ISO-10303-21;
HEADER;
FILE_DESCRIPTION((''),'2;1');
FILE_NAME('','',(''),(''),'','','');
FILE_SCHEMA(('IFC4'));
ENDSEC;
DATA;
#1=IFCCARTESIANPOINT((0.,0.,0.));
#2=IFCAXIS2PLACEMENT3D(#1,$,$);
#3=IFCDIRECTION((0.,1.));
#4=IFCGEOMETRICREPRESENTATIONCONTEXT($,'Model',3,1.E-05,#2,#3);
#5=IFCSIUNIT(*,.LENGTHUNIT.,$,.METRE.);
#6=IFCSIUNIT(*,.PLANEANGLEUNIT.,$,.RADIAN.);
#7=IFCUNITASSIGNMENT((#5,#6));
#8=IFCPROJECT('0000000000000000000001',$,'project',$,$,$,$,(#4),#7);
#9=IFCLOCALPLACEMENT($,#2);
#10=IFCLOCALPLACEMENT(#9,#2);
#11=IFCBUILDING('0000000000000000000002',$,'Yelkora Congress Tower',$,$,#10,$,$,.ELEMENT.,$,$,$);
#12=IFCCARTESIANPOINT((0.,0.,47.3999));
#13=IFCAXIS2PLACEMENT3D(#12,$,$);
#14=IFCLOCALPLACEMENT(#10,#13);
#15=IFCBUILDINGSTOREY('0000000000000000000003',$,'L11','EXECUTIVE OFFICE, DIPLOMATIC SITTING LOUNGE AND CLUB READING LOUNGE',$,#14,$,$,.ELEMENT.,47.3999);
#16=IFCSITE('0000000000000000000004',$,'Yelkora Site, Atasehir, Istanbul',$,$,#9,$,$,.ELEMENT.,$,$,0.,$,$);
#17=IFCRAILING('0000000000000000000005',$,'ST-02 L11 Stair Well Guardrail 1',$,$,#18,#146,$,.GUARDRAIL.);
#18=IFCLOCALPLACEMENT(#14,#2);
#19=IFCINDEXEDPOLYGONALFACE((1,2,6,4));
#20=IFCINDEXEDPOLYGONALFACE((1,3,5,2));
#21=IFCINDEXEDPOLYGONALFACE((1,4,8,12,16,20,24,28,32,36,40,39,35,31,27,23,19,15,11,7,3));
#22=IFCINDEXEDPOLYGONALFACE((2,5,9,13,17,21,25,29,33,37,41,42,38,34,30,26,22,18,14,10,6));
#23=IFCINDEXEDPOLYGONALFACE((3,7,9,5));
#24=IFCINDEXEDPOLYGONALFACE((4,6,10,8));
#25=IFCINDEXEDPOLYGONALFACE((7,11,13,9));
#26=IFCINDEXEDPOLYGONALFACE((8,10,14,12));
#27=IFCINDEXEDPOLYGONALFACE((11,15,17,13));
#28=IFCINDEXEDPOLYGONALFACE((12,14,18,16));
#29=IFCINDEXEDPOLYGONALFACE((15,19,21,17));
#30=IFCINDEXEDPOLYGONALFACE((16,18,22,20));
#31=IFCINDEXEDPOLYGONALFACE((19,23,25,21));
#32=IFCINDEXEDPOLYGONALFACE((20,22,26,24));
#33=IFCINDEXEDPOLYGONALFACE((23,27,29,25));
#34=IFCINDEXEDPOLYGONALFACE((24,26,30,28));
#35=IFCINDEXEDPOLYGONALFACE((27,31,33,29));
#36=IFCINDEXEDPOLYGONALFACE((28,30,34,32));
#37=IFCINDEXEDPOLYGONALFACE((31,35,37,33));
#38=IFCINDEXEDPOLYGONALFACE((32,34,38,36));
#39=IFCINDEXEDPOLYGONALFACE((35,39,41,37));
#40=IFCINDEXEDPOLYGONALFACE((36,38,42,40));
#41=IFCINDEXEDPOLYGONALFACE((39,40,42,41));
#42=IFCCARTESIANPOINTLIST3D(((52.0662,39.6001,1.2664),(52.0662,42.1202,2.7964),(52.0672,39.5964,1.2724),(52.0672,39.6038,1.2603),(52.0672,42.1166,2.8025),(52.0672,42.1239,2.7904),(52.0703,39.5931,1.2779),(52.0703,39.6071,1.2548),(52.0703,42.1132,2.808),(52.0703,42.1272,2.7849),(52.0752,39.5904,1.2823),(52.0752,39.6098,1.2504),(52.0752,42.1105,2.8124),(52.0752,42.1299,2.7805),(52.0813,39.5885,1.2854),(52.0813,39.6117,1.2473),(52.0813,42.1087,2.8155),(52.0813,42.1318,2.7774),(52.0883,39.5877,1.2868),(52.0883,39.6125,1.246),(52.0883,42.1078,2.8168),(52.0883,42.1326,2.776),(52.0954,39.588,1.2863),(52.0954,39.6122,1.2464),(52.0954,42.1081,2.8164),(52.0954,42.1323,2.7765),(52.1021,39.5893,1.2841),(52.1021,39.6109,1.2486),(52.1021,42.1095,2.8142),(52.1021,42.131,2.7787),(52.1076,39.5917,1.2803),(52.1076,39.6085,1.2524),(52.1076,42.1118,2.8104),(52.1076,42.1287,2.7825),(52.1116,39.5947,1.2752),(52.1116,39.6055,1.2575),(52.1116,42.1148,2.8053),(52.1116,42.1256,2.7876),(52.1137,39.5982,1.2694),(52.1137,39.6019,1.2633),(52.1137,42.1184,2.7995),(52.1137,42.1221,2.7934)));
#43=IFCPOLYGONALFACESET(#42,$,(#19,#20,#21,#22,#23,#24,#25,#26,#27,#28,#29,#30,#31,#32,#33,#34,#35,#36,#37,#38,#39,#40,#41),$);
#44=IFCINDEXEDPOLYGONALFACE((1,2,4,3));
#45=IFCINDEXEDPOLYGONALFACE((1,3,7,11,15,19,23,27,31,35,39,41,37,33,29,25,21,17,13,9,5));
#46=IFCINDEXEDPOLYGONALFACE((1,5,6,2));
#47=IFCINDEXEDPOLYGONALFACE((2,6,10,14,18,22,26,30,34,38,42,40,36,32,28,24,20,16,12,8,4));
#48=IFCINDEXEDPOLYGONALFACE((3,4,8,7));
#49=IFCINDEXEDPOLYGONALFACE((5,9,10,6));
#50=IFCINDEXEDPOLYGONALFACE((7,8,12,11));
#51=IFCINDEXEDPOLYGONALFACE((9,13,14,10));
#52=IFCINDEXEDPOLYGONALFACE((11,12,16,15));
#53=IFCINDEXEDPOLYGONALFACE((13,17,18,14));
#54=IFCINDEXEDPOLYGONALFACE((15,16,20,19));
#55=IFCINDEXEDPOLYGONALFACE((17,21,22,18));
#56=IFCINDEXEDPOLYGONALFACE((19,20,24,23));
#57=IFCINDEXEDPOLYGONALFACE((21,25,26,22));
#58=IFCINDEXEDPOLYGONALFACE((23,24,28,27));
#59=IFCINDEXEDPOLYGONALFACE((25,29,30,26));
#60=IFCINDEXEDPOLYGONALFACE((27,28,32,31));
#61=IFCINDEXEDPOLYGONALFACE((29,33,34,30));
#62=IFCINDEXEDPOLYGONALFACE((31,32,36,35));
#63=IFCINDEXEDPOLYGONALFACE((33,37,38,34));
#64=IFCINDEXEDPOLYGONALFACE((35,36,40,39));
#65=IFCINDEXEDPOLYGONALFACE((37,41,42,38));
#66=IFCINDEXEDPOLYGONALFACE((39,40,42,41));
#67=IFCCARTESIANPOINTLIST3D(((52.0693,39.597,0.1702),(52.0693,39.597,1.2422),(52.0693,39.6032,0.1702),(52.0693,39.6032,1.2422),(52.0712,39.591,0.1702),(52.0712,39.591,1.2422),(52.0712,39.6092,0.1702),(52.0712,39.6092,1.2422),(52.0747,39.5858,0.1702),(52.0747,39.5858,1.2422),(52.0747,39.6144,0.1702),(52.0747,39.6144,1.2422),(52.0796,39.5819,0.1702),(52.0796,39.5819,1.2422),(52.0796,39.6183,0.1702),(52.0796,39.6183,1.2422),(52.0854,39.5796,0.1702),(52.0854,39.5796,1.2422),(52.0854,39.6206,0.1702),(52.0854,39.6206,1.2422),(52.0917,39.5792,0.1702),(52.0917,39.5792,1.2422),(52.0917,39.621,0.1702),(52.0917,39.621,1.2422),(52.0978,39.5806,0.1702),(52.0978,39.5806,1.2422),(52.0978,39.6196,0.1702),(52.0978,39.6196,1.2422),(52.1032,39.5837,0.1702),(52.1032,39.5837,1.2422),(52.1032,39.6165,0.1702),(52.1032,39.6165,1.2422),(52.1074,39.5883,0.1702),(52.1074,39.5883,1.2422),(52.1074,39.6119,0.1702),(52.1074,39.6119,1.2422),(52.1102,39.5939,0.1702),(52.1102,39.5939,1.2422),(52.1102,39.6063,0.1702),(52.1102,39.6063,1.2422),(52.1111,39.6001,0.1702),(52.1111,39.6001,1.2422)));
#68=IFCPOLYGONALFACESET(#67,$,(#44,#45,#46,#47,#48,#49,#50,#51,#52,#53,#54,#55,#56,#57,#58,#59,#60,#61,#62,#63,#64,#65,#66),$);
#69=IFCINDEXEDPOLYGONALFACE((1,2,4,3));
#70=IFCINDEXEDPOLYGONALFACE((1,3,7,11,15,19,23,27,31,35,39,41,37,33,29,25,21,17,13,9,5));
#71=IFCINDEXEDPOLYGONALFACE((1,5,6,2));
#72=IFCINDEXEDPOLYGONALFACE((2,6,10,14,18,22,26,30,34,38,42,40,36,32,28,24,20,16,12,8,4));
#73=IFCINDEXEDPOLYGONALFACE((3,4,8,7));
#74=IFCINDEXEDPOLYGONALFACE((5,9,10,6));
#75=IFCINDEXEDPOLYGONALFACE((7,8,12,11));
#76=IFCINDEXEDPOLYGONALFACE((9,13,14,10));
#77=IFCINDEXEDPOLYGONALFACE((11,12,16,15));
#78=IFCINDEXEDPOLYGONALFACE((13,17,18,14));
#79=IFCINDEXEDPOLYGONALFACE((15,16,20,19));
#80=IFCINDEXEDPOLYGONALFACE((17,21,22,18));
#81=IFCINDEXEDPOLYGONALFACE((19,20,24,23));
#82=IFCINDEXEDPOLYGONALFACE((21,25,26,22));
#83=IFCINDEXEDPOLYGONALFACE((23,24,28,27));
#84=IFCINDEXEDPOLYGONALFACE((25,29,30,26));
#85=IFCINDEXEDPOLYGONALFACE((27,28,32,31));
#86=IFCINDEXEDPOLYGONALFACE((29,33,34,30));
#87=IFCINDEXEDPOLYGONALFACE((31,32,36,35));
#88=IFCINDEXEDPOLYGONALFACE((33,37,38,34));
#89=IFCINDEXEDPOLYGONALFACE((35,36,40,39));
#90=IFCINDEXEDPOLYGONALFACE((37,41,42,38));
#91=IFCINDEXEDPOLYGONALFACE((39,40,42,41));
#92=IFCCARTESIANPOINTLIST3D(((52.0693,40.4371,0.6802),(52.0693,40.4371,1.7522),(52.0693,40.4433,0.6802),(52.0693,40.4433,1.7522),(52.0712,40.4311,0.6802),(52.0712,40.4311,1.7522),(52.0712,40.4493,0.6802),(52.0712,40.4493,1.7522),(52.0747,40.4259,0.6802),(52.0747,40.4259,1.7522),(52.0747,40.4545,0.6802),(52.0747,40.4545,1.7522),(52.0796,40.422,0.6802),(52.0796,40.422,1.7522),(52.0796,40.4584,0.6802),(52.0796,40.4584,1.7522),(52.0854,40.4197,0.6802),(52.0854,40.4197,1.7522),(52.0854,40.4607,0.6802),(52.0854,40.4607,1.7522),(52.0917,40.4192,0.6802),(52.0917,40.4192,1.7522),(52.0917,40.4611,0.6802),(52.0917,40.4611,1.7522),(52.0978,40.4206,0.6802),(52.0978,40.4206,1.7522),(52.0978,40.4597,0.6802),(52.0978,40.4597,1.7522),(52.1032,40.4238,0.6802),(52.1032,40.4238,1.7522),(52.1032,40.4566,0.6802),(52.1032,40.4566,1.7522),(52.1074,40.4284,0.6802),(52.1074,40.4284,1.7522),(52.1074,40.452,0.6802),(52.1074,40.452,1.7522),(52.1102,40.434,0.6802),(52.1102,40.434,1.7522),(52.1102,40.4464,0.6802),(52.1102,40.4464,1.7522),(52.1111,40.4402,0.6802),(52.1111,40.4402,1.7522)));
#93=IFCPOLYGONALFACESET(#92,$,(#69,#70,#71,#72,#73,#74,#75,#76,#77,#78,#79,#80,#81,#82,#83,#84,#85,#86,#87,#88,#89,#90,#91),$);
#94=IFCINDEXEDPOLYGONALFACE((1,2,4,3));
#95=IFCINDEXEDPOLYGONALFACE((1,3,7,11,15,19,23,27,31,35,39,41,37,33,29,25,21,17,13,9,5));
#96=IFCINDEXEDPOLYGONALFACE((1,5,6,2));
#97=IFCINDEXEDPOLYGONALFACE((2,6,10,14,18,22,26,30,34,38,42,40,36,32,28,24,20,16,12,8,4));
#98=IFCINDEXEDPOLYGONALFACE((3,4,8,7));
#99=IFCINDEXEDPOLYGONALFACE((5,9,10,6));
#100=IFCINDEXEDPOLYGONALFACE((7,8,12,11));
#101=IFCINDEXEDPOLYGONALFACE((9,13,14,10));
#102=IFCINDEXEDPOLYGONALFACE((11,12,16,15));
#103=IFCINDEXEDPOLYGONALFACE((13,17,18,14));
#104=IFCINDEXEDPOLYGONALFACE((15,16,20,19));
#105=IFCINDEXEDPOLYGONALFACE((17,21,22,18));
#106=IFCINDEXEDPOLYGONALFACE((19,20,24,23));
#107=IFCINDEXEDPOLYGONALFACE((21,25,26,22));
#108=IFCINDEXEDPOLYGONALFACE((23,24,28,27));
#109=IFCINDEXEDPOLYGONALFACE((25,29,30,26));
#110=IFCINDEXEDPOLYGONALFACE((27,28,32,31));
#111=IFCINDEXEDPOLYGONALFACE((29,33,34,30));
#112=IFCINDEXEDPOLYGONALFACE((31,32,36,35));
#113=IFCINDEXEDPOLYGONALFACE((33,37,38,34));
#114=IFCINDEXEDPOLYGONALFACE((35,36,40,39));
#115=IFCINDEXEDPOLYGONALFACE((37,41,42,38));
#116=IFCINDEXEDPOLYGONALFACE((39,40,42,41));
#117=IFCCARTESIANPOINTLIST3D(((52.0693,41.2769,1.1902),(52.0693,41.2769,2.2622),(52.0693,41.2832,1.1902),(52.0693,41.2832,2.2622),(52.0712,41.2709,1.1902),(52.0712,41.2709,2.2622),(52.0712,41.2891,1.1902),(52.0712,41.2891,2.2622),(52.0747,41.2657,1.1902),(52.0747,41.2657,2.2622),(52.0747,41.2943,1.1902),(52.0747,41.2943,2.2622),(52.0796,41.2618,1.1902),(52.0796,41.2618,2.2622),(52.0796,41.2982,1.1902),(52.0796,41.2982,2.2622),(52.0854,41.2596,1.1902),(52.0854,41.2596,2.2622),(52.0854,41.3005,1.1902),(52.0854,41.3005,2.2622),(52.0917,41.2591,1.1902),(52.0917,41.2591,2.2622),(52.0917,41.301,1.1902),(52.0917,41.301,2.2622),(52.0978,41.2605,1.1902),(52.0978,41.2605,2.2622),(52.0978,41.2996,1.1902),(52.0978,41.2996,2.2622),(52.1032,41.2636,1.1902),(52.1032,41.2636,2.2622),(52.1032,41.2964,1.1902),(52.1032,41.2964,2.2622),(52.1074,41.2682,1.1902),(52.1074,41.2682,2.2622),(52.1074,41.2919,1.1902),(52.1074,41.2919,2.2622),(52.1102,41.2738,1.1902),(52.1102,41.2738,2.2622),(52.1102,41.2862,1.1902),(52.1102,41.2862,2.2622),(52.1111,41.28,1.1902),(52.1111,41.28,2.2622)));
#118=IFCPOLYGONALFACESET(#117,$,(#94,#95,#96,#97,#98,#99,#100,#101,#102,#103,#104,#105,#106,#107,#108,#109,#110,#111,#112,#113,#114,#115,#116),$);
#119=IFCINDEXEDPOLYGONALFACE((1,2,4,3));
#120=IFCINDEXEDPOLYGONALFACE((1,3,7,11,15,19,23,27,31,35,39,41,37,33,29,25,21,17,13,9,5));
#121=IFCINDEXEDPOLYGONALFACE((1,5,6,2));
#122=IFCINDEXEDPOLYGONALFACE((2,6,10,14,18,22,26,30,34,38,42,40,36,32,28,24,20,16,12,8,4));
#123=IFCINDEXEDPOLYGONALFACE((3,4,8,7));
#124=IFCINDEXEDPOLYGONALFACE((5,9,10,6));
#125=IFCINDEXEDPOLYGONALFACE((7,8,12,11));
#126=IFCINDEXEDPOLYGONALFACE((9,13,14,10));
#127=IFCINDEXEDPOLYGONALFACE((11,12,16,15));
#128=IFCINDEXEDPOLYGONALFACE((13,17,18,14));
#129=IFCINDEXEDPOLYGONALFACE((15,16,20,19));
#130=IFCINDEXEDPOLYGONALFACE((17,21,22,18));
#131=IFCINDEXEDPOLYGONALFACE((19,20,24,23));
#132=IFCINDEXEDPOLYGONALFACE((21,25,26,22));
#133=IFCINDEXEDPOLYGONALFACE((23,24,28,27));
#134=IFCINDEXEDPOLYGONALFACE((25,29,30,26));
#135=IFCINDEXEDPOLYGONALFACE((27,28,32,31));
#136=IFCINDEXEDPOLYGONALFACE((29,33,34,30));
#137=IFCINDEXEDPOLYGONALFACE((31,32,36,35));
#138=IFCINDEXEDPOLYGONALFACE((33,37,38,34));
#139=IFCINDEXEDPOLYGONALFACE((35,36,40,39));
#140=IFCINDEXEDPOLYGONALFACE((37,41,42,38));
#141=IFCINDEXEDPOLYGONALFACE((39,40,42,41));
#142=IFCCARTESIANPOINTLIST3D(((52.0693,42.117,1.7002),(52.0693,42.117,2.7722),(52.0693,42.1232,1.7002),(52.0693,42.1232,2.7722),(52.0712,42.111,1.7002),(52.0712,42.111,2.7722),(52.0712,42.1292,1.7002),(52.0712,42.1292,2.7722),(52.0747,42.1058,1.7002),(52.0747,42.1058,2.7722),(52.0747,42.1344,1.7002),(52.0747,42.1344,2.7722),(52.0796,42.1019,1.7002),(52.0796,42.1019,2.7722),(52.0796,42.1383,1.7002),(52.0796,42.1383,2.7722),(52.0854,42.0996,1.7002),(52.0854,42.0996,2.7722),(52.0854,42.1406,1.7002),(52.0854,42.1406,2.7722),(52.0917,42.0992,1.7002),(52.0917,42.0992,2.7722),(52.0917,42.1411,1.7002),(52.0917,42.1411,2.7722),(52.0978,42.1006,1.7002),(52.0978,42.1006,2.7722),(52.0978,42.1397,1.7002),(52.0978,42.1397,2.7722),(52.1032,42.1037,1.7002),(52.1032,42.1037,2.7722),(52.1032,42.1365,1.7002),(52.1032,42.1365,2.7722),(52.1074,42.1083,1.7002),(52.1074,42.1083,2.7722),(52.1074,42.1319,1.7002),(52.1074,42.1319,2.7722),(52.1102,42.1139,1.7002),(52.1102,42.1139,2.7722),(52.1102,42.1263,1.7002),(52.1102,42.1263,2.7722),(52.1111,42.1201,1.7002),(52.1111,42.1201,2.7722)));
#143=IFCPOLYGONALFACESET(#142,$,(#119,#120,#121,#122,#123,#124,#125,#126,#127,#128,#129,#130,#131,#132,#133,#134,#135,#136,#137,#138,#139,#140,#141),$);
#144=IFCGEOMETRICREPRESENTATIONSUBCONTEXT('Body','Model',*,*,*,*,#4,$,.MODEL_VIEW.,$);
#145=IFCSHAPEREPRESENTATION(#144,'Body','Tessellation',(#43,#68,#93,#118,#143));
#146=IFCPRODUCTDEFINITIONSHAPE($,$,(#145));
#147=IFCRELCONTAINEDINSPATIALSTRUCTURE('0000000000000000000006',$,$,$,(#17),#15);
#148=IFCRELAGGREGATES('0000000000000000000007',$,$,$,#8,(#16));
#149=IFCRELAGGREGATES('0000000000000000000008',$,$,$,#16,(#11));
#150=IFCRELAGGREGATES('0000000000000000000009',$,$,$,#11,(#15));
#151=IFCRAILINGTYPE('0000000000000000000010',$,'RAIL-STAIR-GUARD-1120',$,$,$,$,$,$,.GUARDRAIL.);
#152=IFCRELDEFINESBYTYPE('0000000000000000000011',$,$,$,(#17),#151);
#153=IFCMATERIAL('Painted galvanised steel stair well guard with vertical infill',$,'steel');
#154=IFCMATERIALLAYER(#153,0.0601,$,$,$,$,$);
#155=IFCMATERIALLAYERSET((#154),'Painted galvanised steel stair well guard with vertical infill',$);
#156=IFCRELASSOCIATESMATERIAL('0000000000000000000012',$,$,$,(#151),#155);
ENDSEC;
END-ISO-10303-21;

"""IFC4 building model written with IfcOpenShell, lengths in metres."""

from ifc_helpers import new_model, si_unit, direction, frame, origin, origin_2d, place, context, subcontext, project, spatial, circle, extrude, material, layer, layer_set, type_object, element, save


model = new_model("IFC4")

# Units and contexts
model_context = context("Model", 3, precision=1e-05, world=origin(), true_north=direction((0.0, 1.0)))
body_context = subcontext(model_context, "Body", "Model", "MODEL_VIEW")
ifc_project = project(units=[si_unit("LENGTHUNIT", "METRE"), si_unit("PLANEANGLEUNIT", "RADIAN")], contexts=[model_context])

# Site, building, storey
site_placement = place(None, origin())
site = spatial("IfcSite", under=ifc_project, at=site_placement, Name="Yelkora Site, Atasehir, Istanbul", CompositionType="ELEMENT", RefElevation=0.0)
building_placement = place(site_placement, origin())
building = spatial("IfcBuilding", under=site, at=building_placement, Name="Yelkora Congress Tower", CompositionType="ELEMENT")
storey_placement = place(building_placement, frame((0.0, 0.0, 47.3999)))
storey = spatial("IfcBuildingStorey", under=building, at=storey_placement, Name="L11", Description="EXECUTIVE OFFICE, DIPLOMATIC SITTING LOUNGE AND CLUB READING LOUNGE", CompositionType="ELEMENT", Elevation=47.3999)

# Railing
ifc_material_1 = material(Name="Painted galvanised steel stair well guard with vertical infill", Category="steel")
ifc_layer_1 = layer(ifc_material_1, 0.0601)
ifc_layer_set_1 = layer_set([ifc_layer_1], Name="Painted galvanised steel stair well guard with vertical infill")
railing_type_1 = type_object("IfcRailingType", Name="RAIL-STAIR-GUARD-1120", PredefinedType="GUARDRAIL", material=ifc_layer_set_1)
railing_1_placement = place(storey_placement, frame((52.0901, 39.6001, 0.1702)))
element("IfcRailing", 1, at=railing_1_placement, inside=storey, type_object=railing_type_1, Name="ST-02 L11 Stair Well Guardrail 1", PredefinedType="GUARDRAIL", context=body_context, shape_type="SweptSolid", body=[
    extrude(circle(Radius=0.0239, at=origin_2d()), frame((0.0, 0.0, 1.0962), z_axis=(0.0, 0.854785, 0.518982), x_axis=(-1.0, 0.0, 0.0)), (0.0, 0.0, 1.0), 2.9482),
    extrude(circle(Radius=0.021, at=origin_2d()), origin(), (0.0, 0.0, 1.0), 1.072),
    extrude(circle(Radius=0.021, at=origin_2d()), frame((0.0, 0.8401, 0.51)), (0.0, 0.0, 1.0), 1.072),
    extrude(circle(Radius=0.021, at=origin_2d()), frame((0.0, 1.6799, 1.02)), (0.0, 0.0, 1.0), 1.072),
    extrude(circle(Radius=0.021, at=origin_2d()), frame((0.0, 2.52, 1.53)), (0.0, 0.0, 1.0), 1.072),
])

save(model, "model.ifc")
